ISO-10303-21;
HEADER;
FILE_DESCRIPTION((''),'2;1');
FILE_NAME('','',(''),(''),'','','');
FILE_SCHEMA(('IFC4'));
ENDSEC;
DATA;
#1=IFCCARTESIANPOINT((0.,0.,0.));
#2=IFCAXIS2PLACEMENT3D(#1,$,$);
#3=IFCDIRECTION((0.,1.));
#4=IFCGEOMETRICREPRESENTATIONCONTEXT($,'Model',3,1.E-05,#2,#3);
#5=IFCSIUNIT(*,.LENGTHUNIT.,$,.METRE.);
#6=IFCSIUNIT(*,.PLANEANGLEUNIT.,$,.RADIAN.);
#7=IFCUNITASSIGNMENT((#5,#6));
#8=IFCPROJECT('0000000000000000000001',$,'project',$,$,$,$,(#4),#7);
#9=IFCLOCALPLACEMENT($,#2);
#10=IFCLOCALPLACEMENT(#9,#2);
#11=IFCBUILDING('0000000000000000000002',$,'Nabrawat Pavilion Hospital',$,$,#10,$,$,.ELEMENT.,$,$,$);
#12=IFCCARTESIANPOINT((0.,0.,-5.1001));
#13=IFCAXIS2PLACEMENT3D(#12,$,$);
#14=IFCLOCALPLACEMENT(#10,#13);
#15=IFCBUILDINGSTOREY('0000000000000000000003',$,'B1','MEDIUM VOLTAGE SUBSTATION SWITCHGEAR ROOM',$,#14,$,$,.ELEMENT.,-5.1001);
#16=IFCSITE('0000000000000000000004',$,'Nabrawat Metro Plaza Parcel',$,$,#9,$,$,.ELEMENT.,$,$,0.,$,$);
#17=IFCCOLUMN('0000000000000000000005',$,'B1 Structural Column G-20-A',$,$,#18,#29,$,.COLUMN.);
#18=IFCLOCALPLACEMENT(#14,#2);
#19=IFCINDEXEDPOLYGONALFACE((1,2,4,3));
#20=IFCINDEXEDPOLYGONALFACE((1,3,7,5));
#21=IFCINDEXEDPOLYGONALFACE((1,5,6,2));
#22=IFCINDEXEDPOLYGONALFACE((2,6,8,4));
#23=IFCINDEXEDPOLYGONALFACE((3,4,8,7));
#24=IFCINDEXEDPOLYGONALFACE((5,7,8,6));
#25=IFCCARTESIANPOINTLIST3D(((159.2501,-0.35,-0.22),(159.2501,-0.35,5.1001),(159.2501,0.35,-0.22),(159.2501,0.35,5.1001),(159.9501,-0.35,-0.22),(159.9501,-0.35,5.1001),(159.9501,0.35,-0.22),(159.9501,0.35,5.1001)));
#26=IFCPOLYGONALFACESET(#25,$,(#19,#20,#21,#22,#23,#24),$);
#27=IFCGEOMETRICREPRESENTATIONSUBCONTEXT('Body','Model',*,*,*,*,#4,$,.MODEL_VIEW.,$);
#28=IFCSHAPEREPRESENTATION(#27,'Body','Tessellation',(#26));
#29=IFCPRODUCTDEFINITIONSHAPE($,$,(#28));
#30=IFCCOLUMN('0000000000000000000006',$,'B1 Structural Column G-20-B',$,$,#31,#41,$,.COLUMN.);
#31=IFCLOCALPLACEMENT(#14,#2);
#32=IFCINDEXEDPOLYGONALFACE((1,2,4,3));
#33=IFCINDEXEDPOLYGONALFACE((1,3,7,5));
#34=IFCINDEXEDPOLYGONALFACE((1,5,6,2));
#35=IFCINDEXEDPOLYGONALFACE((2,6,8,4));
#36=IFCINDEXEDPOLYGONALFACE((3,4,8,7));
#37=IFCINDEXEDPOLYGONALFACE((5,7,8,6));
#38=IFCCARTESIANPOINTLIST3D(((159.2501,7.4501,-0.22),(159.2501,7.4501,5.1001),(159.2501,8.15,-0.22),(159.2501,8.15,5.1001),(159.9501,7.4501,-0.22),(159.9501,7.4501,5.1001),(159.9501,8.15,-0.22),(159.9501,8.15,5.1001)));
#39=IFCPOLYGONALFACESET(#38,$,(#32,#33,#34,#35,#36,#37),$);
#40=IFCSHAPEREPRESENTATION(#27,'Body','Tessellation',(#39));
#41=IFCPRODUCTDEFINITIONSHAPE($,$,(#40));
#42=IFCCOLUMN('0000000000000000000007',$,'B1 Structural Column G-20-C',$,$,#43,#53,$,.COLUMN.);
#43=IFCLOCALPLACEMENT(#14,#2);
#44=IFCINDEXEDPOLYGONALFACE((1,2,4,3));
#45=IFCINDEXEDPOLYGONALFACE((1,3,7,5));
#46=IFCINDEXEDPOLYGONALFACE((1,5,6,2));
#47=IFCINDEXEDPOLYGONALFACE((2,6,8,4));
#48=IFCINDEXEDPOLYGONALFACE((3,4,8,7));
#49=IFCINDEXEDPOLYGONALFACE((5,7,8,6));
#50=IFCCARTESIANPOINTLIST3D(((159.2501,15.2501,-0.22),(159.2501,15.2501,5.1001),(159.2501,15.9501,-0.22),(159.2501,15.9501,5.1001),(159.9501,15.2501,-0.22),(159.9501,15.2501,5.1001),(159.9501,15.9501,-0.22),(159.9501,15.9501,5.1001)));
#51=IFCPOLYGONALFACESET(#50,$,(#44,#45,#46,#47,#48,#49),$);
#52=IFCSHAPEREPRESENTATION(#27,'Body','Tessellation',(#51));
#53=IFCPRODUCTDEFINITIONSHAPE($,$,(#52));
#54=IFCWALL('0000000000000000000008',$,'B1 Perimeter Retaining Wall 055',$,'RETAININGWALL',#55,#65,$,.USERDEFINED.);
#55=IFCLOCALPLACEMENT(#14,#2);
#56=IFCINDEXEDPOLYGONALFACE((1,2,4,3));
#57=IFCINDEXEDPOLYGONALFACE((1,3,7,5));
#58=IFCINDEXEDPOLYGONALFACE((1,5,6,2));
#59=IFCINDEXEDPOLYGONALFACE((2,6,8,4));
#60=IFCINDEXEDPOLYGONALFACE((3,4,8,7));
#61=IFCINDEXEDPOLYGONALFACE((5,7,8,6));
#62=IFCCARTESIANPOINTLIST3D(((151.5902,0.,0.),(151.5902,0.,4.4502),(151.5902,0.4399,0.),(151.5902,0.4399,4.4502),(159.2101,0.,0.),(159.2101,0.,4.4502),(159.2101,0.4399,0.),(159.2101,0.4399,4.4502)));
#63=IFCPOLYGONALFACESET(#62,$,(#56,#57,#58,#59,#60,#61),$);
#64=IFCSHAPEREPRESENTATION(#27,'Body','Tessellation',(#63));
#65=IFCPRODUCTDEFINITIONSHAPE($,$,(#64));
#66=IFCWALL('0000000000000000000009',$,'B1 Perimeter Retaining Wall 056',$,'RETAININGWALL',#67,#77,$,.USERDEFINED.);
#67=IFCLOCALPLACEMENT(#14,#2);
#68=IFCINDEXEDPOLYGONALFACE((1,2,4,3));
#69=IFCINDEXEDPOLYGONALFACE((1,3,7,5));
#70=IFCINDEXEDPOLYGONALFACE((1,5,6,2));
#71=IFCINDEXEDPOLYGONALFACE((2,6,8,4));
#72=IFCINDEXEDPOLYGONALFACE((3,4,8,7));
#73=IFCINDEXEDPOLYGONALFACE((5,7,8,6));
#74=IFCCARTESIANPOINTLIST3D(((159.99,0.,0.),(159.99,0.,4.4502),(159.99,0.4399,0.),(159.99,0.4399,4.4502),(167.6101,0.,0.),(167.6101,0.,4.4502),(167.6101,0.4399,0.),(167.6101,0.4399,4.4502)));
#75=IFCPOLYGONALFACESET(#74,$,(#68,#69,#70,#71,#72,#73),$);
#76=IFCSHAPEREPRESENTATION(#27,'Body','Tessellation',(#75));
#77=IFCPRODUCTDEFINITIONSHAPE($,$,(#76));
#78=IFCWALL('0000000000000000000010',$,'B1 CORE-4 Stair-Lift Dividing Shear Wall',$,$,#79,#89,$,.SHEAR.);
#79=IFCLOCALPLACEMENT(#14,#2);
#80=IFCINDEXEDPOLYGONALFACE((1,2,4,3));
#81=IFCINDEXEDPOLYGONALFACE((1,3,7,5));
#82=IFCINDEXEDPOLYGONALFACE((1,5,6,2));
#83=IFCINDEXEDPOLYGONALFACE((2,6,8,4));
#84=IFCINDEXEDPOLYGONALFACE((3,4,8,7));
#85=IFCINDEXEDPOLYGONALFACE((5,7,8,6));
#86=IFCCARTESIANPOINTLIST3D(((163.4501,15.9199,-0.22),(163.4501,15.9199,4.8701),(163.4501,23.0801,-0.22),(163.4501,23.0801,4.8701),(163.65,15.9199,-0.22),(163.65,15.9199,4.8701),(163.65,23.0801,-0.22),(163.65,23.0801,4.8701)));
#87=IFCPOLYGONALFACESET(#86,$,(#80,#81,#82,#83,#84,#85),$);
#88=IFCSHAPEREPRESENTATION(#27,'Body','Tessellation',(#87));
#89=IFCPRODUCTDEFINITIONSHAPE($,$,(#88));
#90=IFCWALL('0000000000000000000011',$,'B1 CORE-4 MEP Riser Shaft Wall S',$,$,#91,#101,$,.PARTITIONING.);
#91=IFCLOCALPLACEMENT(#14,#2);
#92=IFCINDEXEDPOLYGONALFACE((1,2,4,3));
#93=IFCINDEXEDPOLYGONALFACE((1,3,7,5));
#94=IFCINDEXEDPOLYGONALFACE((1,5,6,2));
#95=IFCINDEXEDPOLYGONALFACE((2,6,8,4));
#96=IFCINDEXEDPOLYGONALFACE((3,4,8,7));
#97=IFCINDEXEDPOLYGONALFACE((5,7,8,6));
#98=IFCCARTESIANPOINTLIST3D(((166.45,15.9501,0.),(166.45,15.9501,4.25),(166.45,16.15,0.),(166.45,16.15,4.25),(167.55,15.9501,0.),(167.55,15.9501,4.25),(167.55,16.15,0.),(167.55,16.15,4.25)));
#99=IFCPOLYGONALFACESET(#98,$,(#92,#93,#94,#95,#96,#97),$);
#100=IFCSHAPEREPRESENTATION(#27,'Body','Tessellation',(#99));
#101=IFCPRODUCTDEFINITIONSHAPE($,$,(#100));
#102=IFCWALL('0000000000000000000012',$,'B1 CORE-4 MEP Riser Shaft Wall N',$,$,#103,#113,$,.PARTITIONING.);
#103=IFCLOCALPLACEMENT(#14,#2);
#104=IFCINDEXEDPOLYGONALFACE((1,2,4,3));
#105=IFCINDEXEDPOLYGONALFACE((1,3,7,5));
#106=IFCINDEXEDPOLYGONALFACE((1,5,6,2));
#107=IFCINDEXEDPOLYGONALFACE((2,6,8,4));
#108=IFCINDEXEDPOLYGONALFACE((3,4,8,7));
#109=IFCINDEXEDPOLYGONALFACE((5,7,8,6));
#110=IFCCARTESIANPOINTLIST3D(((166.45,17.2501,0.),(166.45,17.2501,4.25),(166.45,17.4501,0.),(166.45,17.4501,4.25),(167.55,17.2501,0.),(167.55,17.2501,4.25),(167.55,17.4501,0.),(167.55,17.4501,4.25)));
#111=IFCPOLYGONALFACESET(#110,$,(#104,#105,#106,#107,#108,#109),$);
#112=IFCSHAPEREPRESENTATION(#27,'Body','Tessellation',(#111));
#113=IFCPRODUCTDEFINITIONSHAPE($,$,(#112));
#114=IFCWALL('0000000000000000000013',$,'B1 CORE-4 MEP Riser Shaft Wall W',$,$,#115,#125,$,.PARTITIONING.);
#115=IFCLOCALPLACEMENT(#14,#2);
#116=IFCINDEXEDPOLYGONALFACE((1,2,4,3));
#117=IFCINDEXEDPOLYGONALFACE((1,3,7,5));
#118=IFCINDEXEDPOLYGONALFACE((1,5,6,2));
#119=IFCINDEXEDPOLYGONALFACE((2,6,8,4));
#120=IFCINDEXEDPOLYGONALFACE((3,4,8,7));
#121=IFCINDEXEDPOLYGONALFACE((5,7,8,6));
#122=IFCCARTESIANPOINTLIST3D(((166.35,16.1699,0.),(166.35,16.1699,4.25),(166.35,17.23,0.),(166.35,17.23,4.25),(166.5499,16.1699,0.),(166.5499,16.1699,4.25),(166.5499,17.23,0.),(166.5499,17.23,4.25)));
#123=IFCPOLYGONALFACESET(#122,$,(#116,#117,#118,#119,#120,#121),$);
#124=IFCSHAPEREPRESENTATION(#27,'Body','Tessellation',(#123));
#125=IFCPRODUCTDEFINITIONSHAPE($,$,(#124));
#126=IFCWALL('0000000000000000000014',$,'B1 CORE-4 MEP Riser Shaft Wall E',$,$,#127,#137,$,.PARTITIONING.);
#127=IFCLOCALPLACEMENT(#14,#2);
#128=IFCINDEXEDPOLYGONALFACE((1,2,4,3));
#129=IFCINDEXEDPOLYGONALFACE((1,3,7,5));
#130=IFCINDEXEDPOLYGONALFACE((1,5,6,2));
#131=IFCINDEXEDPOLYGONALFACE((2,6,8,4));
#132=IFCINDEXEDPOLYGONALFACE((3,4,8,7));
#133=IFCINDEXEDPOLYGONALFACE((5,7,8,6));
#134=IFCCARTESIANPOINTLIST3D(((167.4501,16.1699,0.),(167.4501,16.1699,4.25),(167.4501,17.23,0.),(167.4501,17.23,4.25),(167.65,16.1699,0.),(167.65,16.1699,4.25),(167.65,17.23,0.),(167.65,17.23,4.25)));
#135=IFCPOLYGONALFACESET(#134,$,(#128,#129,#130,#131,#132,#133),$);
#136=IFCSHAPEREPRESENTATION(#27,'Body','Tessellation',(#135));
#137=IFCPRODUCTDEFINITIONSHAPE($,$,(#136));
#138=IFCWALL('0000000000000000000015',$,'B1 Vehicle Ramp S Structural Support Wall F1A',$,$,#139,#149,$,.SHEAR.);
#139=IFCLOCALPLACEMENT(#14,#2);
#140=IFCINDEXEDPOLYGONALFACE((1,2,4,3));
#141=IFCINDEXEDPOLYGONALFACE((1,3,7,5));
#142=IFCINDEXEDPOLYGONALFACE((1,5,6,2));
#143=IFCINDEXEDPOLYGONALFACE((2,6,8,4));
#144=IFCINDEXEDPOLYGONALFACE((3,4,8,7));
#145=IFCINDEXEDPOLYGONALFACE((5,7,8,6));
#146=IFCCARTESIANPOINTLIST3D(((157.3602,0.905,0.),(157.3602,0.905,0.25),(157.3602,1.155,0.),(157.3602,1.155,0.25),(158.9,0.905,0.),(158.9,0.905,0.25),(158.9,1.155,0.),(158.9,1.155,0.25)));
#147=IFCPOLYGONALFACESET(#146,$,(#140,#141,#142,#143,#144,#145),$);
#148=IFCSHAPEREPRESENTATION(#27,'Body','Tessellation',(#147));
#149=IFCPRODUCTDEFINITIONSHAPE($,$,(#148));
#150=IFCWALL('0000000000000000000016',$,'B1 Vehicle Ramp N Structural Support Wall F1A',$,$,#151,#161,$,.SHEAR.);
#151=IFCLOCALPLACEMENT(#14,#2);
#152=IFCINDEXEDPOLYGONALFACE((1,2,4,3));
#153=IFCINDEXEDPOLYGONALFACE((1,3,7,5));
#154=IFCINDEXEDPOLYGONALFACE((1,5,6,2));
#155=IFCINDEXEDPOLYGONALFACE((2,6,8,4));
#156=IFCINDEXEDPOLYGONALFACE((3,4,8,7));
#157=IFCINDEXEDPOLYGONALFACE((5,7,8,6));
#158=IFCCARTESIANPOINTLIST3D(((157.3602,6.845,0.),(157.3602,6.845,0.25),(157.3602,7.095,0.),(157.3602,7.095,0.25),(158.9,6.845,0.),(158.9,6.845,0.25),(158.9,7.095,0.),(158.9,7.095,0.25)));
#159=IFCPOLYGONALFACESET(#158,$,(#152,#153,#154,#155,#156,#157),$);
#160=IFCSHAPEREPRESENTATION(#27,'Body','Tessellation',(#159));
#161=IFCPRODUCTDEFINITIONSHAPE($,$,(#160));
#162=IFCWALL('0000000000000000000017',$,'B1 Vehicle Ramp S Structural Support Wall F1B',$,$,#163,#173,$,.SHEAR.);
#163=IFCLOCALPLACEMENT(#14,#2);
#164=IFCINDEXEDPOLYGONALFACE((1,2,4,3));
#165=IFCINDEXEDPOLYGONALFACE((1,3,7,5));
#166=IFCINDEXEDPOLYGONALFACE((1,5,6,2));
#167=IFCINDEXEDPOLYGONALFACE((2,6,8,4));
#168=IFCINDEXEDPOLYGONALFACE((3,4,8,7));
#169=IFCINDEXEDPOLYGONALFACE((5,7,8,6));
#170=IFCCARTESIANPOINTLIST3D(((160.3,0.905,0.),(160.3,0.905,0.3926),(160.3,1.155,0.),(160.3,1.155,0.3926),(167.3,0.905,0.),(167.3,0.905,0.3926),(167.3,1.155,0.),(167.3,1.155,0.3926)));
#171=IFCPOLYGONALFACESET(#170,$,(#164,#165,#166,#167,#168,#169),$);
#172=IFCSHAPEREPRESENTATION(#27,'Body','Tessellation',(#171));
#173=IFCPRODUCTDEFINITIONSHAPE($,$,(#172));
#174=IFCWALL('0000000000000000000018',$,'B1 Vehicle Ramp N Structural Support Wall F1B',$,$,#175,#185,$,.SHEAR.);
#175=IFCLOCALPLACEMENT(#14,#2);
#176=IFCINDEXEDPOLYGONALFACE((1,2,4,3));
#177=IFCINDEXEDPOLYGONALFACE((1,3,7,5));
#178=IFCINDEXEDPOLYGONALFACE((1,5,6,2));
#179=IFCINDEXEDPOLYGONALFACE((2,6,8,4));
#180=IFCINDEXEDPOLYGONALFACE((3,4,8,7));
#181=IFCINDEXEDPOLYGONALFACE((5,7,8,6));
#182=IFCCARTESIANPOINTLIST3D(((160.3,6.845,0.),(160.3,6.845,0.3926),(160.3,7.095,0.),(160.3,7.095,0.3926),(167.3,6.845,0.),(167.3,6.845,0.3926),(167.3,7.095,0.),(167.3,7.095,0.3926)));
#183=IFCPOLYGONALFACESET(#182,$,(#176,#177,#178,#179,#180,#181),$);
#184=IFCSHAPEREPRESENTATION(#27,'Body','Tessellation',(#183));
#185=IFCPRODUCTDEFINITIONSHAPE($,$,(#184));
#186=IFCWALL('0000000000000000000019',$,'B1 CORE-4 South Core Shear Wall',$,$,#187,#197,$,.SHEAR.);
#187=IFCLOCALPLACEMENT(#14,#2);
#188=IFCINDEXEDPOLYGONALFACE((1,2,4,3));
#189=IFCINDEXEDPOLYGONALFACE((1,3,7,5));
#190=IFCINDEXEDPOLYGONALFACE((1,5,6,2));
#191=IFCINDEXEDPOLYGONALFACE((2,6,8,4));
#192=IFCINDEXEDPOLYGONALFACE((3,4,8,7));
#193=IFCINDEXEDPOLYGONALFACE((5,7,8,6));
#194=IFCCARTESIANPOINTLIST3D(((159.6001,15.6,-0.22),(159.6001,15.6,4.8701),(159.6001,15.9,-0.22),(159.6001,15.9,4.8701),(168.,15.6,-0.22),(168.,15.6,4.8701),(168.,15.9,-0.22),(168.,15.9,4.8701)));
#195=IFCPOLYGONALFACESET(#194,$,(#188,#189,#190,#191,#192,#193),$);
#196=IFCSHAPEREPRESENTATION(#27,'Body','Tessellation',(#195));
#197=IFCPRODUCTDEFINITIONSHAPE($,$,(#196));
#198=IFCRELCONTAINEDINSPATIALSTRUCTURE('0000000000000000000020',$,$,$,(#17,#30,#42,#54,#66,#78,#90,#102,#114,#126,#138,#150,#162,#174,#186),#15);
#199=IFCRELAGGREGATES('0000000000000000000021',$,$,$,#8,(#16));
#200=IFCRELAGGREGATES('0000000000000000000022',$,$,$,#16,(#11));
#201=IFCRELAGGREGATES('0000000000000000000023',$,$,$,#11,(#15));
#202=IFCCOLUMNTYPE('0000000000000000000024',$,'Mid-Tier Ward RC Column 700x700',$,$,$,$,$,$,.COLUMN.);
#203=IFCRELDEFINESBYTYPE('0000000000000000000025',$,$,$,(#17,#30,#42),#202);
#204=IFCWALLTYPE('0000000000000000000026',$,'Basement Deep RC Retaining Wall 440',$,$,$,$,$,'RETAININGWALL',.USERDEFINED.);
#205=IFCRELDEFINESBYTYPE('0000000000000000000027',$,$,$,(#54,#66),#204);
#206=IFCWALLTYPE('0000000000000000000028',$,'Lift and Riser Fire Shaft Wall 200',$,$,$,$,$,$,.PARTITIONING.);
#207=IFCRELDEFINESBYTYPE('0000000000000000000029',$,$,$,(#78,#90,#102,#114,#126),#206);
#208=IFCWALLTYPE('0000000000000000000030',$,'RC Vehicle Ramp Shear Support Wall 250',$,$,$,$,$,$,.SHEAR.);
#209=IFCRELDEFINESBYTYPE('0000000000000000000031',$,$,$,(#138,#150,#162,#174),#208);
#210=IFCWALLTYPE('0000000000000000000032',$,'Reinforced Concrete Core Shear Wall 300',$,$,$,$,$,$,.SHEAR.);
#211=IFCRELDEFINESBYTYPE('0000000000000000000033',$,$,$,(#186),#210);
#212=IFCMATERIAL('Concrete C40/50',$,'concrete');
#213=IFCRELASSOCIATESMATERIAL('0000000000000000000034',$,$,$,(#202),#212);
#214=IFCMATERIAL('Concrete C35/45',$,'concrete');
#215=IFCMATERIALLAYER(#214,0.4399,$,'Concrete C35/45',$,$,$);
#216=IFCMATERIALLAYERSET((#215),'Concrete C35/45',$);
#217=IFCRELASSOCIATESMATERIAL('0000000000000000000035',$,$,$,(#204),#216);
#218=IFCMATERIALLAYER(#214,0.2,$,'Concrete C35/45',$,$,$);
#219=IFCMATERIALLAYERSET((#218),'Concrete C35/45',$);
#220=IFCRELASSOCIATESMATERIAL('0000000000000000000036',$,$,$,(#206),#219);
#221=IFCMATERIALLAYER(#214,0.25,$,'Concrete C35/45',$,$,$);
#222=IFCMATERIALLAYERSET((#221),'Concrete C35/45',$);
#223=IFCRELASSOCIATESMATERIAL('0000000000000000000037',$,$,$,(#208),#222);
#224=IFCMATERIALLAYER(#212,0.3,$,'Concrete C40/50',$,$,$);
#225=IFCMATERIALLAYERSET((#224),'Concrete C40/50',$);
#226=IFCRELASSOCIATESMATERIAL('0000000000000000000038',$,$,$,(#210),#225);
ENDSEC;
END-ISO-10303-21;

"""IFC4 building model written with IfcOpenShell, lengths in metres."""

from ifc_helpers import new_model, si_unit, direction, frame, frame_2d, origin, origin_2d, place, context, subcontext, project, spatial, rectangle, extrude, material, layer, layer_set, material_profile, profile_set, type_object, element, save


model = new_model("IFC4")

# Units and contexts
model_context = context("Model", 3, precision=1e-05, world=origin(), true_north=direction((0.0, 1.0)))
body_context = subcontext(model_context, "Body", "Model", "MODEL_VIEW")
ifc_project = project(units=[si_unit("LENGTHUNIT", "METRE"), si_unit("PLANEANGLEUNIT", "RADIAN")], contexts=[model_context])

# Site, building, storey
site_placement = place(None, origin())
site = spatial("IfcSite", under=ifc_project, at=site_placement, Name="Nabrawat Metro Plaza Parcel", CompositionType="ELEMENT", RefElevation=0.0)
building_placement = place(site_placement, origin())
building = spatial("IfcBuilding", under=site, at=building_placement, Name="Nabrawat Pavilion Hospital", CompositionType="ELEMENT")
storey_placement = place(building_placement, frame((0.0, 0.0, -5.1001)))
storey = spatial("IfcBuildingStorey", under=building, at=storey_placement, Name="B1", Description="MEDIUM VOLTAGE SUBSTATION SWITCHGEAR ROOM", CompositionType="ELEMENT", Elevation=-5.1001)

# Shared definitions
ifc_material_1 = material(Name="Concrete C35/45", Category="concrete")

# Columns
ifc_material_2 = material(Name="Concrete C40/50", Category="concrete")
ifc_material_profile_1 = material_profile(ifc_material_2, rectangle(XDim=0.7, YDim=0.7, at=origin_2d()), Name="RC 700x700")
ifc_profile_set_1 = profile_set([ifc_material_profile_1], Name="Concrete C40/50")
column_type = type_object("IfcColumnType", Name="Mid-Tier Ward RC Column 700x700", PredefinedType="COLUMN", material=ifc_profile_set_1)
for number, where, z_axis, x_axis, name in (
    (1, (159.6001, 0.0, -0.22), (0.0, 0.0, 1.0), (1.0, 0.0, 0.0), "B1 Structural Column G-20-A"),
    (2, (159.6001, 7.8, -0.22), (0.0, 0.0, 1.0), (1.0, 0.0, 0.0), "B1 Structural Column G-20-B"),
    (3, (159.6001, 15.6001, -0.22), (0.0, 0.0, 1.0), (1.0, 0.0, 0.0), "B1 Structural Column G-20-C"),
):
    element("IfcColumn", number, at=place(storey_placement, frame(where, z_axis=z_axis, x_axis=x_axis)), inside=storey, type_object=column_type, Name=name, PredefinedType="COLUMN", context=body_context, shape_type="SweptSolid", body=[
        extrude(rectangle(XDim=0.7, YDim=0.7, at=origin_2d()), origin(), (0.0, 0.0, 1.0), 5.3201),
    ])

# Walls
ifc_layer_1 = layer(ifc_material_1, 0.4399, Name="Concrete C35/45")
ifc_layer_set_1 = layer_set([ifc_layer_1], Name="Concrete C35/45")
wall_type_1 = type_object("IfcWallType", Name="Basement Deep RC Retaining Wall 440", ElementType="RETAININGWALL", PredefinedType="USERDEFINED", material=ifc_layer_set_1)
wall_1_placement = place(storey_placement, frame((151.5901, 0.22, 0.0), z_axis=(0.0, 0.0, 1.0), x_axis=(1.0, 0.0, 0.0)))
element("IfcWall", 4, at=wall_1_placement, inside=storey, type_object=wall_type_1, Name="B1 Perimeter Retaining Wall 055", ObjectType="RETAININGWALL", PredefinedType="USERDEFINED", context=body_context, shape_type="SweptSolid", body=[
    extrude(rectangle(XDim=7.6199, YDim=0.4399, at=frame_2d((3.8101, 0.0))), origin(), (0.0, 0.0, 1.0), 4.4502),
])
wall_2_placement = place(storey_placement, frame((159.99, 0.22, 0.0), z_axis=(0.0, 0.0, 1.0), x_axis=(1.0, 0.0, 0.0)))
element("IfcWall", 5, at=wall_2_placement, inside=storey, type_object=wall_type_1, Name="B1 Perimeter Retaining Wall 056", ObjectType="RETAININGWALL", PredefinedType="USERDEFINED", context=body_context, shape_type="SweptSolid", body=[
    extrude(rectangle(XDim=7.6201, YDim=0.4399, at=frame_2d((3.8101, 0.0))), origin(), (0.0, 0.0, 1.0), 4.4502),
])
ifc_layer_2 = layer(ifc_material_1, 0.2, Name="Concrete C35/45")
ifc_layer_set_2 = layer_set([ifc_layer_2], Name="Concrete C35/45")
wall_type_2 = type_object("IfcWallType", Name="Lift and Riser Fire Shaft Wall 200", PredefinedType="PARTITIONING", material=ifc_layer_set_2)
wall_3_placement = place(storey_placement, frame((163.55, 15.9199, -0.22), z_axis=(0.0, 0.0, 1.0), x_axis=(0.0, 1.0, 0.0)))
element("IfcWall", 6, at=wall_3_placement, inside=storey, type_object=wall_type_2, Name="B1 CORE-4 Stair-Lift Dividing Shear Wall", PredefinedType="SHEAR", context=body_context, shape_type="SweptSolid", body=[
    extrude(rectangle(XDim=7.1602, YDim=0.2, at=frame_2d((3.5801, 0.0))), origin(), (0.0, 0.0, 1.0), 5.0901),
])
for number, where, z_axis, x_axis, name in (
    (7, (166.45, 16.05, 0.0), (0.0, 0.0, 1.0), (1.0, 0.0, 0.0), "B1 CORE-4 MEP Riser Shaft Wall S"),
    (8, (166.45, 17.3501, 0.0), (0.0, 0.0, 1.0), (1.0, 0.0, 0.0), "B1 CORE-4 MEP Riser Shaft Wall N"),
):
    element("IfcWall", number, at=place(storey_placement, frame(where, z_axis=z_axis, x_axis=x_axis)), inside=storey, type_object=wall_type_2, Name=name, PredefinedType="PARTITIONING", context=body_context, shape_type="SweptSolid", body=[
        extrude(rectangle(XDim=1.1001, YDim=0.2, at=frame_2d((0.55, 0.0))), origin(), (0.0, 0.0, 1.0), 4.25),
    ])
for number, where, z_axis, x_axis, name in (
    (9, (166.45, 16.1699, 0.0), (0.0, 0.0, 1.0), (0.0, 1.0, 0.0), "B1 CORE-4 MEP Riser Shaft Wall W"),
    (10, (167.55, 16.1699, 0.0), (0.0, 0.0, 1.0), (0.0, 1.0, 0.0), "B1 CORE-4 MEP Riser Shaft Wall E"),
):
    element("IfcWall", number, at=place(storey_placement, frame(where, z_axis=z_axis, x_axis=x_axis)), inside=storey, type_object=wall_type_2, Name=name, PredefinedType="PARTITIONING", context=body_context, shape_type="SweptSolid", body=[
        extrude(rectangle(XDim=1.0601, YDim=0.2, at=frame_2d((0.53, 0.0))), origin(), (0.0, 0.0, 1.0), 4.25),
    ])
ifc_layer_3 = layer(ifc_material_1, 0.25, Name="Concrete C35/45")
ifc_layer_set_3 = layer_set([ifc_layer_3], Name="Concrete C35/45")
wall_type_3 = type_object("IfcWallType", Name="RC Vehicle Ramp Shear Support Wall 250", PredefinedType="SHEAR", material=ifc_layer_set_3)
for number, where, z_axis, x_axis, name in (
    (11, (157.3601, 1.03, 0.0), (0.0, 0.0, 1.0), (1.0, 0.0, 0.0), "B1 Vehicle Ramp S Structural Support Wall F1A"),
    (12, (157.3601, 6.97, 0.0), (0.0, 0.0, 1.0), (1.0, 0.0, 0.0), "B1 Vehicle Ramp N Structural Support Wall F1A"),
):
    element("IfcWall", number, at=place(storey_placement, frame(where, z_axis=z_axis, x_axis=x_axis)), inside=storey, type_object=wall_type_3, Name=name, PredefinedType="SHEAR", context=body_context, shape_type="SweptSolid", body=[
        extrude(rectangle(XDim=1.5398, YDim=0.25, at=frame_2d((0.77, 0.0))), origin(), (0.0, 0.0, 1.0), 0.25),
    ])
for number, where, z_axis, x_axis, name in (
    (13, (160.3, 1.03, 0.0), (0.0, 0.0, 1.0), (1.0, 0.0, 0.0), "B1 Vehicle Ramp S Structural Support Wall F1B"),
    (14, (160.3, 6.97, 0.0), (0.0, 0.0, 1.0), (1.0, 0.0, 0.0), "B1 Vehicle Ramp N Structural Support Wall F1B"),
):
    element("IfcWall", number, at=place(storey_placement, frame(where, z_axis=z_axis, x_axis=x_axis)), inside=storey, type_object=wall_type_3, Name=name, PredefinedType="SHEAR", context=body_context, shape_type="SweptSolid", body=[
        extrude(rectangle(XDim=7.0, YDim=0.25, at=frame_2d((3.5, 0.0))), origin(), (0.0, 0.0, 1.0), 0.3926),
    ])
ifc_layer_4 = layer(ifc_material_2, 0.3, Name="Concrete C40/50")
ifc_layer_set_4 = layer_set([ifc_layer_4], Name="Concrete C40/50")
wall_type_4 = type_object("IfcWallType", Name="Reinforced Concrete Core Shear Wall 300", PredefinedType="SHEAR", material=ifc_layer_set_4)
wall_4_placement = place(storey_placement, frame((159.6001, 15.75, -0.22), z_axis=(0.0, 0.0, 1.0), x_axis=(1.0, 0.0, 0.0)))
element("IfcWall", 15, at=wall_4_placement, inside=storey, type_object=wall_type_4, Name="B1 CORE-4 South Core Shear Wall", PredefinedType="SHEAR", context=body_context, shape_type="SweptSolid", body=[
    extrude(rectangle(XDim=8.3999, YDim=0.3, at=frame_2d((4.2, 0.0))), origin(), (0.0, 0.0, 1.0), 5.0901),
])

save(model, "model.ifc")
